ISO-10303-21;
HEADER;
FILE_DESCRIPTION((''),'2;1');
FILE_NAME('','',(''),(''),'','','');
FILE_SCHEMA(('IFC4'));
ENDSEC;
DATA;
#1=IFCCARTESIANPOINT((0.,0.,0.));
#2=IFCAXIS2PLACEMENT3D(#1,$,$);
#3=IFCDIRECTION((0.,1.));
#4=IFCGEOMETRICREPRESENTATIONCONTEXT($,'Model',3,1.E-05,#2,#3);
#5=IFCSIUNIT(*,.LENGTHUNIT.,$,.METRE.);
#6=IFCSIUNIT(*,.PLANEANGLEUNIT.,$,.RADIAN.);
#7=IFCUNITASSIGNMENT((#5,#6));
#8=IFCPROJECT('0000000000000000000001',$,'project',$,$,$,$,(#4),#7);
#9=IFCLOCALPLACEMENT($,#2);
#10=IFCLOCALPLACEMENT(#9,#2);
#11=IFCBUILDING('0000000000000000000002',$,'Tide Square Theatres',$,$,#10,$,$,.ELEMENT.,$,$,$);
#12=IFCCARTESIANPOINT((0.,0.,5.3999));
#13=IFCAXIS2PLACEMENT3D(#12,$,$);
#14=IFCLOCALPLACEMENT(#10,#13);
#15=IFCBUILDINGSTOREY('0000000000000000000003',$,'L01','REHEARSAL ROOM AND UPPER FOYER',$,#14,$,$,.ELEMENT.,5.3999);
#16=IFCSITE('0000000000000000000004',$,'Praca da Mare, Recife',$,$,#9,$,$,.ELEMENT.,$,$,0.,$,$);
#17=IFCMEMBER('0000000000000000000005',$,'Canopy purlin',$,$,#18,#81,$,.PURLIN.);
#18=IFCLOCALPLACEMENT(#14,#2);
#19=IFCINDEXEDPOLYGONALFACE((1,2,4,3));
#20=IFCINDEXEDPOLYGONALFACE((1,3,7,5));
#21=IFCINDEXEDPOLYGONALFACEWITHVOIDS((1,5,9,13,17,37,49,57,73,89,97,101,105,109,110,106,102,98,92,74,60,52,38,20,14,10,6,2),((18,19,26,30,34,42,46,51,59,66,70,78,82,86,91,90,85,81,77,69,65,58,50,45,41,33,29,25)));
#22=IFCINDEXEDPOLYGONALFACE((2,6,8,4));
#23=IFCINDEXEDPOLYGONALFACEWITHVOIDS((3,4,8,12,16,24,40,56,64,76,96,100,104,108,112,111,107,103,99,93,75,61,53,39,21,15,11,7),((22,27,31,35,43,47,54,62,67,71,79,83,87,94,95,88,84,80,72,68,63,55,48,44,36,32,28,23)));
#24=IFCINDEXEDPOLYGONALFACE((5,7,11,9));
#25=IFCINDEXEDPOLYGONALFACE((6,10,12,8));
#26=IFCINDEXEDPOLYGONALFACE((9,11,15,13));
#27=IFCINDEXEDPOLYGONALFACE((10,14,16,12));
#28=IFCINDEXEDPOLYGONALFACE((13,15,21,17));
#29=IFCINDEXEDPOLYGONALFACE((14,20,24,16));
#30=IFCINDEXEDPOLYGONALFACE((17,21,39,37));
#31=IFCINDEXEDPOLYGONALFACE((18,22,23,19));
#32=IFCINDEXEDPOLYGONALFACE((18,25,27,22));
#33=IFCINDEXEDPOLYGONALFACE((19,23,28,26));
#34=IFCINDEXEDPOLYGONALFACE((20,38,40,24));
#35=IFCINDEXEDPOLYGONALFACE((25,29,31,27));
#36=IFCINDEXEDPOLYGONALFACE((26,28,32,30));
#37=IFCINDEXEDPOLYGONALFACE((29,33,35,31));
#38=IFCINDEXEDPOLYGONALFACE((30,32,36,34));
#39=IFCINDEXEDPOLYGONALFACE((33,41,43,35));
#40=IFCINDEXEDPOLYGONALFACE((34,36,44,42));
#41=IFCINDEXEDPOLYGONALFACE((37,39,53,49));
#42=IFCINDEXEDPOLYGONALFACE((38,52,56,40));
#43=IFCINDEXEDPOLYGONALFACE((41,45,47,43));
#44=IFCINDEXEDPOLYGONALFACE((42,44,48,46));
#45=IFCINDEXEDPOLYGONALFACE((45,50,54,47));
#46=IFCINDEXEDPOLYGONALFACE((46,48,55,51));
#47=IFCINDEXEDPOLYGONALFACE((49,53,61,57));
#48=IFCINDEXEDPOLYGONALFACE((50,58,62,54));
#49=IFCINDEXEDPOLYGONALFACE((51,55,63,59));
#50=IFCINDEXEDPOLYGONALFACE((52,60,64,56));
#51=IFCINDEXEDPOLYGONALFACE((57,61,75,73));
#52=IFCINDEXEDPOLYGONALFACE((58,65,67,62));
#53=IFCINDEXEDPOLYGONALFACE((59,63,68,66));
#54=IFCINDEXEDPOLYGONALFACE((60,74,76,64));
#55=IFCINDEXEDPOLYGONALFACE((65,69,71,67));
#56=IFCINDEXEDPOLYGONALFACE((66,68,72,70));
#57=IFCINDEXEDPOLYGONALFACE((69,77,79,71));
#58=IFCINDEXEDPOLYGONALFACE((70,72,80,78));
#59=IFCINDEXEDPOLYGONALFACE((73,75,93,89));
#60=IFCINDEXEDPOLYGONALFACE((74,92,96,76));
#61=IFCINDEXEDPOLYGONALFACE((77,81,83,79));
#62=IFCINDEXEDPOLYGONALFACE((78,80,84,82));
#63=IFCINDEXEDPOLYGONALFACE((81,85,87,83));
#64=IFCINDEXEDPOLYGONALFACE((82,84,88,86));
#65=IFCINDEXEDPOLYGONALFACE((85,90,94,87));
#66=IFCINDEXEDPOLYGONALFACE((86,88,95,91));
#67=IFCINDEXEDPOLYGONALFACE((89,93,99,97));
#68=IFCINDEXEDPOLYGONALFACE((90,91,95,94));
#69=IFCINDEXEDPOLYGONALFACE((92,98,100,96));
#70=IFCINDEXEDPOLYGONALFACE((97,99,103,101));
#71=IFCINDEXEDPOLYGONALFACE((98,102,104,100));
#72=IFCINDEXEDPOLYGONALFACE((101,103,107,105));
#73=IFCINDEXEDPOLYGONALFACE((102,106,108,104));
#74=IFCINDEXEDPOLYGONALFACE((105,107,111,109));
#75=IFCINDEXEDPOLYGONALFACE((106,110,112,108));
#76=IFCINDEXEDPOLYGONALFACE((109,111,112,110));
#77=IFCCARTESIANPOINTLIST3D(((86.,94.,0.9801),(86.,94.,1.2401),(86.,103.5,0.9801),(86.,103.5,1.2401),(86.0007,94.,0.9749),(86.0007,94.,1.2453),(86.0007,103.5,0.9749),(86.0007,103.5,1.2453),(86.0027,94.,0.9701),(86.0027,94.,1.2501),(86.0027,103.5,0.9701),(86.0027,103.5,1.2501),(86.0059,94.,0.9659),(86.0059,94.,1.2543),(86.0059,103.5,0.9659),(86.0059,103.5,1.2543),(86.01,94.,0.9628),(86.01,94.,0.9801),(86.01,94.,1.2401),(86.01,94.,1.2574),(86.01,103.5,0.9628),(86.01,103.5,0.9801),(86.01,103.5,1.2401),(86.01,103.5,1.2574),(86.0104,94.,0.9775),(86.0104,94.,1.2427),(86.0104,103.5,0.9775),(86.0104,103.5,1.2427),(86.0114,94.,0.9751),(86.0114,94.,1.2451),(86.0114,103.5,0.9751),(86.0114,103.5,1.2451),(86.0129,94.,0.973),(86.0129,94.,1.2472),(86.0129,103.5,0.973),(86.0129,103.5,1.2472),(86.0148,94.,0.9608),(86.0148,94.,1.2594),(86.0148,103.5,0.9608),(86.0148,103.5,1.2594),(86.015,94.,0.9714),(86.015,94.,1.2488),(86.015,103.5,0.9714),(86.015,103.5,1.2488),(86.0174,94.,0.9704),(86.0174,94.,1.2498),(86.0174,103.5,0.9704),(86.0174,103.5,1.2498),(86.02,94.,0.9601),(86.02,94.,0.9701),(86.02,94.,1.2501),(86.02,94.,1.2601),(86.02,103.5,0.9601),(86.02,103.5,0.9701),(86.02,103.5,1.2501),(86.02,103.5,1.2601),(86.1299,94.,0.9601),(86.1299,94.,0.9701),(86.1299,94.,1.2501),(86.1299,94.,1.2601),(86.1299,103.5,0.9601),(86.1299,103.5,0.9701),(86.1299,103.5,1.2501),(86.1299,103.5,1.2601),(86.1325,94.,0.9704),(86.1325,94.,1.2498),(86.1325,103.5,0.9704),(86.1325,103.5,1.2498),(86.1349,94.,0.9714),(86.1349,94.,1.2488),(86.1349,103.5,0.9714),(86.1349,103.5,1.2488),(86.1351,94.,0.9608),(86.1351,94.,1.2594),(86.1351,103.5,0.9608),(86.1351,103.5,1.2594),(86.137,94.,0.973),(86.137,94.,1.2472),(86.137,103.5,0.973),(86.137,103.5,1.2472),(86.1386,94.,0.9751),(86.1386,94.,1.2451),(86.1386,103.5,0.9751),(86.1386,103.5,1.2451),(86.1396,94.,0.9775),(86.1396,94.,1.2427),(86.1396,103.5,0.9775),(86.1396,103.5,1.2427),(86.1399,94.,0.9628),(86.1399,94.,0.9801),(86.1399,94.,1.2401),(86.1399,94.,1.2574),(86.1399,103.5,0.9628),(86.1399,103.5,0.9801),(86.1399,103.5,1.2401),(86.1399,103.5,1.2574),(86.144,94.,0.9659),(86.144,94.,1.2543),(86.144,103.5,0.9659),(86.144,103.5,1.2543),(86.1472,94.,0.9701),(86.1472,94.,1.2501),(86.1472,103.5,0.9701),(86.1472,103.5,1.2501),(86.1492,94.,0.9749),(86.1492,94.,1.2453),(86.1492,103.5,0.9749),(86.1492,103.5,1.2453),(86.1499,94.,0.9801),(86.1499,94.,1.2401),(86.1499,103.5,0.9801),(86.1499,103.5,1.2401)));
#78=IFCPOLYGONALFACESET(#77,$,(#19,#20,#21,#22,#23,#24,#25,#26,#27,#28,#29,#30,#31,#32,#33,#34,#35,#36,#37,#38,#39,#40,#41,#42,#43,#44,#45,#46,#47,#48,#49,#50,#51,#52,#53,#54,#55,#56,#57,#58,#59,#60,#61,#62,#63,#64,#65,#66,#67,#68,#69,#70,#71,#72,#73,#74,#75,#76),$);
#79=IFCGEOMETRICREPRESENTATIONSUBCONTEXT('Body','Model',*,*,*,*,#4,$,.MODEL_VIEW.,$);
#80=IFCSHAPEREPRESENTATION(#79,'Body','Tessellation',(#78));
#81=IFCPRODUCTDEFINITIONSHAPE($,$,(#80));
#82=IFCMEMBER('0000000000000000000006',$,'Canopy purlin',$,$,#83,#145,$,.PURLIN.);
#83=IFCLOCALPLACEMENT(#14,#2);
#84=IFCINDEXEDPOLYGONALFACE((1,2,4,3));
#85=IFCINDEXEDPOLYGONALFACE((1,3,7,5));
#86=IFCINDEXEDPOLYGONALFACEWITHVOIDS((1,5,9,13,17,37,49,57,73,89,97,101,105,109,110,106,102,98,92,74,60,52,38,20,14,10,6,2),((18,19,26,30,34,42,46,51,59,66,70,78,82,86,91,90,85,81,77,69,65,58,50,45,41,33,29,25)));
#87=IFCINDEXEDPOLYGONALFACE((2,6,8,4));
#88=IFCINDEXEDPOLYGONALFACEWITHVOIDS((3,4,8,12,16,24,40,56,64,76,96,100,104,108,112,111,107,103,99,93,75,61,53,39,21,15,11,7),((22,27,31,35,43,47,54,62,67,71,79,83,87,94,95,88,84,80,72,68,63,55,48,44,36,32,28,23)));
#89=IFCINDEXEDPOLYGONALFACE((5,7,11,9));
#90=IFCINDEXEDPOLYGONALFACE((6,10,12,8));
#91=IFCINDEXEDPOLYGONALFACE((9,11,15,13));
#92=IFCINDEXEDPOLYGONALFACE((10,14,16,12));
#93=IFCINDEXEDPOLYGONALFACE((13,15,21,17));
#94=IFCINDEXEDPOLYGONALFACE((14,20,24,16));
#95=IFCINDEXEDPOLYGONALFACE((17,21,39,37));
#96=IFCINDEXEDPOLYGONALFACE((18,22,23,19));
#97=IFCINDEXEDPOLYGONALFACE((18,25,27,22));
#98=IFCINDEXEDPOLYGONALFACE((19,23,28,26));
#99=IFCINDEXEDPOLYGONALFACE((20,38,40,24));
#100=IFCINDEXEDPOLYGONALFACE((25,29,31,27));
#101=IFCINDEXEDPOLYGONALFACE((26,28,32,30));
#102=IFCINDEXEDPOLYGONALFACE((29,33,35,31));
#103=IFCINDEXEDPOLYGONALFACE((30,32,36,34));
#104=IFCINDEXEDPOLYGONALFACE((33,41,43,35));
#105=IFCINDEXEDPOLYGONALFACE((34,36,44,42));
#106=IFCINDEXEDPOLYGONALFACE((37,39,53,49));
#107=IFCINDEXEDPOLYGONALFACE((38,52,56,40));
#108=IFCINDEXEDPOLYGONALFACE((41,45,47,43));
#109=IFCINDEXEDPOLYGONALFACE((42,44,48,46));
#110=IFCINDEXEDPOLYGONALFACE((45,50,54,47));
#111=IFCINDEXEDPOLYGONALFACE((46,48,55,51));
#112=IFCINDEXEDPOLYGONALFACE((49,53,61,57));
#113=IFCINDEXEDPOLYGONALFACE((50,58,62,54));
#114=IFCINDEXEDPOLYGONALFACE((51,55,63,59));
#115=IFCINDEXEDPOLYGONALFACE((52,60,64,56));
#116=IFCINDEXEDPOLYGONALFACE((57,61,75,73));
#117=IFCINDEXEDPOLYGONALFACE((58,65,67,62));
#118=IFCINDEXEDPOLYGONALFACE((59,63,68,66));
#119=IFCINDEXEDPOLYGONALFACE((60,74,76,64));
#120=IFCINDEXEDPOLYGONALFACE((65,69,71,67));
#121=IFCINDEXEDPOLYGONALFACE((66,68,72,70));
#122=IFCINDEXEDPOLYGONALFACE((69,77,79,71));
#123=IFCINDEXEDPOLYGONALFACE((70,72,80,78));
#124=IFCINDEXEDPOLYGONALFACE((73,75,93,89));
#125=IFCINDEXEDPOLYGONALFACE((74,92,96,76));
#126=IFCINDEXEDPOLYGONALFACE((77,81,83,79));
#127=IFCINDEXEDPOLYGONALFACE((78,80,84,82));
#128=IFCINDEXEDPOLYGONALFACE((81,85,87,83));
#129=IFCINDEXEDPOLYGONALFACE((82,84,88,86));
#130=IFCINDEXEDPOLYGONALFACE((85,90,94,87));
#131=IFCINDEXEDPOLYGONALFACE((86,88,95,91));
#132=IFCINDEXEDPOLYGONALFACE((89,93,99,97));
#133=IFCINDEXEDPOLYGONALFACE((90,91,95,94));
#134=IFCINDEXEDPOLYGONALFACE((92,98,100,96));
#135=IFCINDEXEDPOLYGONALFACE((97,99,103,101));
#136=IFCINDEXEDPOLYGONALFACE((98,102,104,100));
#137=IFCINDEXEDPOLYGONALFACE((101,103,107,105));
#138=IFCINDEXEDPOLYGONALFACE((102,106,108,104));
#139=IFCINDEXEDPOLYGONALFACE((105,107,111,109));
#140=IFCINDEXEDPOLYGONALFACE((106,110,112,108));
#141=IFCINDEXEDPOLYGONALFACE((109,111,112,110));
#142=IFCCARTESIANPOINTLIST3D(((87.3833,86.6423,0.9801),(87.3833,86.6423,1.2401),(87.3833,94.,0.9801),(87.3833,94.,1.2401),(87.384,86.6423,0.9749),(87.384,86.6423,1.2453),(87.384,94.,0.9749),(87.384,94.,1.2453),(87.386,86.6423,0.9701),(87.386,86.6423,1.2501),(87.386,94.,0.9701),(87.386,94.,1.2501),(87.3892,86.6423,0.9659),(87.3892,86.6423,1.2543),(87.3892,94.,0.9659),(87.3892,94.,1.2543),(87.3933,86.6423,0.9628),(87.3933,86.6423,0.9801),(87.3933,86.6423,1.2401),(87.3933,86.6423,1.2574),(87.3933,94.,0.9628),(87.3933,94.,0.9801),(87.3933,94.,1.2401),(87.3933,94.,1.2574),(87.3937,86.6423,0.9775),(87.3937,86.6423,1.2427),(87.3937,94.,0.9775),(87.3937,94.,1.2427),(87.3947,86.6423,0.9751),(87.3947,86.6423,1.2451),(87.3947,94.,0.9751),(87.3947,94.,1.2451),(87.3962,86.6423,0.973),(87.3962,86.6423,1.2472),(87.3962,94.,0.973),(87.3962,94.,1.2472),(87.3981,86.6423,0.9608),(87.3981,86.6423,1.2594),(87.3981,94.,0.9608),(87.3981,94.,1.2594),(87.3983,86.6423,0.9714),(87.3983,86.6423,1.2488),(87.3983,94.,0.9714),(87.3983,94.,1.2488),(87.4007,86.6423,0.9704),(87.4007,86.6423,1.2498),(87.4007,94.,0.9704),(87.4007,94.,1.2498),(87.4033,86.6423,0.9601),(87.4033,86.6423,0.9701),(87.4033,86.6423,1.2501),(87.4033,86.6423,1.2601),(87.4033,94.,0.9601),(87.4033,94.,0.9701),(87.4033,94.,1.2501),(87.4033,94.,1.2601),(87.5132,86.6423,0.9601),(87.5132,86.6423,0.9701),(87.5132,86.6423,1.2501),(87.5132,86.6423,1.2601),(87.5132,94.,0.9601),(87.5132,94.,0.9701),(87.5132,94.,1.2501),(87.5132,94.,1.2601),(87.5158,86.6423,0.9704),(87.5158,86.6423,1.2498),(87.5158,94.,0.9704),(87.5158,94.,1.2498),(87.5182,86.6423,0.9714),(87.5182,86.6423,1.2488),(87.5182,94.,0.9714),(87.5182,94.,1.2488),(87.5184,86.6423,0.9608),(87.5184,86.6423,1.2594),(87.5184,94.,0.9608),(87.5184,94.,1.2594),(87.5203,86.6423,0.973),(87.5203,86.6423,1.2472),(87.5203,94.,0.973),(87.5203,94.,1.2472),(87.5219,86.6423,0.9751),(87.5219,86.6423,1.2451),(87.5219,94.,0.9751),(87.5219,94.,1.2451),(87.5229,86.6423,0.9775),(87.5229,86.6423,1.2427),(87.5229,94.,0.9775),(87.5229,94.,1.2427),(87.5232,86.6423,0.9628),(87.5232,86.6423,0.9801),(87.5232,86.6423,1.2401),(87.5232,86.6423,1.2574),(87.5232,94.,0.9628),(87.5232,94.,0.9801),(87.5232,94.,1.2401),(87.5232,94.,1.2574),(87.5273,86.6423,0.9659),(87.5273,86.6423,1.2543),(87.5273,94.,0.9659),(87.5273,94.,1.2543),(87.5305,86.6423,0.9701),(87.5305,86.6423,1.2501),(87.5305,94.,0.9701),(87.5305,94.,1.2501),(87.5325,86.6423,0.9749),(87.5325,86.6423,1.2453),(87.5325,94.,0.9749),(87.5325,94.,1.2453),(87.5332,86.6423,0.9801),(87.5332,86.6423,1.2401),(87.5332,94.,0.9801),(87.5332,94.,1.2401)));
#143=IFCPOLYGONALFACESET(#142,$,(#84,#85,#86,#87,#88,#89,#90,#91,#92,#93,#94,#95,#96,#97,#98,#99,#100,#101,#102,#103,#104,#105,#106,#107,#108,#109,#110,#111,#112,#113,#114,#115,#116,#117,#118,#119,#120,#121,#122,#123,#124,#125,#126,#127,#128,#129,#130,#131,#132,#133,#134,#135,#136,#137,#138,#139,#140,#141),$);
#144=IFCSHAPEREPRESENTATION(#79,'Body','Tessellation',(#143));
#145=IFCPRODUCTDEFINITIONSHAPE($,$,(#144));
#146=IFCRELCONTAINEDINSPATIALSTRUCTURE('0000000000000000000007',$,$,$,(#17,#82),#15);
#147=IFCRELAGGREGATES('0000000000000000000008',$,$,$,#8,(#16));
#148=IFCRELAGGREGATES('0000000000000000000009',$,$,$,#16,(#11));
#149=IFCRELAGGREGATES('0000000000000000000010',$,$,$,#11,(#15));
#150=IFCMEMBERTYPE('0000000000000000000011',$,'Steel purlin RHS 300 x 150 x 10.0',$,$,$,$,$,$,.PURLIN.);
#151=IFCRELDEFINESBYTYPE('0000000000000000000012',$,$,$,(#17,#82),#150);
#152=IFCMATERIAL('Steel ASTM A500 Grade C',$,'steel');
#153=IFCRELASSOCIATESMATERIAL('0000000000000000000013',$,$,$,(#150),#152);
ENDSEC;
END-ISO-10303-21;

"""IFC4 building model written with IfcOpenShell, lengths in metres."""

from ifc_helpers import new_model, si_unit, direction, frame, origin, origin_2d, place, context, subcontext, project, spatial, hollow_rectangle, extrude, material, material_profile, profile_set, type_object, element, save


model = new_model("IFC4")

# Units and contexts
model_context = context("Model", 3, precision=1e-05, world=origin(), true_north=direction((0.0, 1.0)))
body_context = subcontext(model_context, "Body", "Model", "MODEL_VIEW")
ifc_project = project(units=[si_unit("LENGTHUNIT", "METRE"), si_unit("PLANEANGLEUNIT", "RADIAN")], contexts=[model_context])

# Site, building, storey
site_placement = place(None, origin())
site = spatial("IfcSite", under=ifc_project, at=site_placement, Name="Praca da Mare, Recife", CompositionType="ELEMENT", RefElevation=0.0)
building_placement = place(site_placement, origin())
building = spatial("IfcBuilding", under=site, at=building_placement, Name="Tide Square Theatres", CompositionType="ELEMENT")
storey_placement = place(building_placement, frame((0.0, 0.0, 5.3999)))
storey = spatial("IfcBuildingStorey", under=building, at=storey_placement, Name="L01", Description="REHEARSAL ROOM AND UPPER FOYER", CompositionType="ELEMENT", Elevation=5.3999)

# Members
ifc_material_1 = material(Name="Steel ASTM A500 Grade C", Category="steel")
ifc_material_profile_1 = material_profile(ifc_material_1, hollow_rectangle(XDim=0.1499, YDim=0.3, WallThickness=0.01, InnerFilletRadius=0.01, OuterFilletRadius=0.02, at=origin_2d()))
ifc_profile_set_1 = profile_set([ifc_material_profile_1], Name="Steel ASTM A500 Grade C")
member_type = type_object("IfcMemberType", Name="Steel purlin RHS 300 x 150 x 10.0", PredefinedType="PURLIN", material=ifc_profile_set_1)
member_1_placement = place(storey_placement, frame((86.075, 94.0, 1.1101), z_axis=(0.0, 1.0, 0.0), x_axis=(-1.0, 0.0, 0.0)))
element("IfcMember", 1, at=member_1_placement, inside=storey, type_object=member_type, Name="Canopy purlin", PredefinedType="PURLIN", context=body_context, shape_type="SweptSolid", body=[
    extrude(hollow_rectangle(XDim=0.1499, YDim=0.3, WallThickness=0.01, InnerFilletRadius=0.01, OuterFilletRadius=0.02, at=origin_2d()), origin(), (0.0, 0.0, 1.0), 9.5),
])
member_2_placement = place(storey_placement, frame((87.4583, 86.6423, 1.1101), z_axis=(0.0, 1.0, 0.0), x_axis=(-1.0, 0.0, 0.0)))
element("IfcMember", 2, at=member_2_placement, inside=storey, type_object=member_type, Name="Canopy purlin", PredefinedType="PURLIN", context=body_context, shape_type="SweptSolid", body=[
    extrude(hollow_rectangle(XDim=0.1499, YDim=0.3, WallThickness=0.01, InnerFilletRadius=0.01, OuterFilletRadius=0.02, at=origin_2d()), origin(), (0.0, 0.0, 1.0), 7.3577),
])

save(model, "model.ifc")
